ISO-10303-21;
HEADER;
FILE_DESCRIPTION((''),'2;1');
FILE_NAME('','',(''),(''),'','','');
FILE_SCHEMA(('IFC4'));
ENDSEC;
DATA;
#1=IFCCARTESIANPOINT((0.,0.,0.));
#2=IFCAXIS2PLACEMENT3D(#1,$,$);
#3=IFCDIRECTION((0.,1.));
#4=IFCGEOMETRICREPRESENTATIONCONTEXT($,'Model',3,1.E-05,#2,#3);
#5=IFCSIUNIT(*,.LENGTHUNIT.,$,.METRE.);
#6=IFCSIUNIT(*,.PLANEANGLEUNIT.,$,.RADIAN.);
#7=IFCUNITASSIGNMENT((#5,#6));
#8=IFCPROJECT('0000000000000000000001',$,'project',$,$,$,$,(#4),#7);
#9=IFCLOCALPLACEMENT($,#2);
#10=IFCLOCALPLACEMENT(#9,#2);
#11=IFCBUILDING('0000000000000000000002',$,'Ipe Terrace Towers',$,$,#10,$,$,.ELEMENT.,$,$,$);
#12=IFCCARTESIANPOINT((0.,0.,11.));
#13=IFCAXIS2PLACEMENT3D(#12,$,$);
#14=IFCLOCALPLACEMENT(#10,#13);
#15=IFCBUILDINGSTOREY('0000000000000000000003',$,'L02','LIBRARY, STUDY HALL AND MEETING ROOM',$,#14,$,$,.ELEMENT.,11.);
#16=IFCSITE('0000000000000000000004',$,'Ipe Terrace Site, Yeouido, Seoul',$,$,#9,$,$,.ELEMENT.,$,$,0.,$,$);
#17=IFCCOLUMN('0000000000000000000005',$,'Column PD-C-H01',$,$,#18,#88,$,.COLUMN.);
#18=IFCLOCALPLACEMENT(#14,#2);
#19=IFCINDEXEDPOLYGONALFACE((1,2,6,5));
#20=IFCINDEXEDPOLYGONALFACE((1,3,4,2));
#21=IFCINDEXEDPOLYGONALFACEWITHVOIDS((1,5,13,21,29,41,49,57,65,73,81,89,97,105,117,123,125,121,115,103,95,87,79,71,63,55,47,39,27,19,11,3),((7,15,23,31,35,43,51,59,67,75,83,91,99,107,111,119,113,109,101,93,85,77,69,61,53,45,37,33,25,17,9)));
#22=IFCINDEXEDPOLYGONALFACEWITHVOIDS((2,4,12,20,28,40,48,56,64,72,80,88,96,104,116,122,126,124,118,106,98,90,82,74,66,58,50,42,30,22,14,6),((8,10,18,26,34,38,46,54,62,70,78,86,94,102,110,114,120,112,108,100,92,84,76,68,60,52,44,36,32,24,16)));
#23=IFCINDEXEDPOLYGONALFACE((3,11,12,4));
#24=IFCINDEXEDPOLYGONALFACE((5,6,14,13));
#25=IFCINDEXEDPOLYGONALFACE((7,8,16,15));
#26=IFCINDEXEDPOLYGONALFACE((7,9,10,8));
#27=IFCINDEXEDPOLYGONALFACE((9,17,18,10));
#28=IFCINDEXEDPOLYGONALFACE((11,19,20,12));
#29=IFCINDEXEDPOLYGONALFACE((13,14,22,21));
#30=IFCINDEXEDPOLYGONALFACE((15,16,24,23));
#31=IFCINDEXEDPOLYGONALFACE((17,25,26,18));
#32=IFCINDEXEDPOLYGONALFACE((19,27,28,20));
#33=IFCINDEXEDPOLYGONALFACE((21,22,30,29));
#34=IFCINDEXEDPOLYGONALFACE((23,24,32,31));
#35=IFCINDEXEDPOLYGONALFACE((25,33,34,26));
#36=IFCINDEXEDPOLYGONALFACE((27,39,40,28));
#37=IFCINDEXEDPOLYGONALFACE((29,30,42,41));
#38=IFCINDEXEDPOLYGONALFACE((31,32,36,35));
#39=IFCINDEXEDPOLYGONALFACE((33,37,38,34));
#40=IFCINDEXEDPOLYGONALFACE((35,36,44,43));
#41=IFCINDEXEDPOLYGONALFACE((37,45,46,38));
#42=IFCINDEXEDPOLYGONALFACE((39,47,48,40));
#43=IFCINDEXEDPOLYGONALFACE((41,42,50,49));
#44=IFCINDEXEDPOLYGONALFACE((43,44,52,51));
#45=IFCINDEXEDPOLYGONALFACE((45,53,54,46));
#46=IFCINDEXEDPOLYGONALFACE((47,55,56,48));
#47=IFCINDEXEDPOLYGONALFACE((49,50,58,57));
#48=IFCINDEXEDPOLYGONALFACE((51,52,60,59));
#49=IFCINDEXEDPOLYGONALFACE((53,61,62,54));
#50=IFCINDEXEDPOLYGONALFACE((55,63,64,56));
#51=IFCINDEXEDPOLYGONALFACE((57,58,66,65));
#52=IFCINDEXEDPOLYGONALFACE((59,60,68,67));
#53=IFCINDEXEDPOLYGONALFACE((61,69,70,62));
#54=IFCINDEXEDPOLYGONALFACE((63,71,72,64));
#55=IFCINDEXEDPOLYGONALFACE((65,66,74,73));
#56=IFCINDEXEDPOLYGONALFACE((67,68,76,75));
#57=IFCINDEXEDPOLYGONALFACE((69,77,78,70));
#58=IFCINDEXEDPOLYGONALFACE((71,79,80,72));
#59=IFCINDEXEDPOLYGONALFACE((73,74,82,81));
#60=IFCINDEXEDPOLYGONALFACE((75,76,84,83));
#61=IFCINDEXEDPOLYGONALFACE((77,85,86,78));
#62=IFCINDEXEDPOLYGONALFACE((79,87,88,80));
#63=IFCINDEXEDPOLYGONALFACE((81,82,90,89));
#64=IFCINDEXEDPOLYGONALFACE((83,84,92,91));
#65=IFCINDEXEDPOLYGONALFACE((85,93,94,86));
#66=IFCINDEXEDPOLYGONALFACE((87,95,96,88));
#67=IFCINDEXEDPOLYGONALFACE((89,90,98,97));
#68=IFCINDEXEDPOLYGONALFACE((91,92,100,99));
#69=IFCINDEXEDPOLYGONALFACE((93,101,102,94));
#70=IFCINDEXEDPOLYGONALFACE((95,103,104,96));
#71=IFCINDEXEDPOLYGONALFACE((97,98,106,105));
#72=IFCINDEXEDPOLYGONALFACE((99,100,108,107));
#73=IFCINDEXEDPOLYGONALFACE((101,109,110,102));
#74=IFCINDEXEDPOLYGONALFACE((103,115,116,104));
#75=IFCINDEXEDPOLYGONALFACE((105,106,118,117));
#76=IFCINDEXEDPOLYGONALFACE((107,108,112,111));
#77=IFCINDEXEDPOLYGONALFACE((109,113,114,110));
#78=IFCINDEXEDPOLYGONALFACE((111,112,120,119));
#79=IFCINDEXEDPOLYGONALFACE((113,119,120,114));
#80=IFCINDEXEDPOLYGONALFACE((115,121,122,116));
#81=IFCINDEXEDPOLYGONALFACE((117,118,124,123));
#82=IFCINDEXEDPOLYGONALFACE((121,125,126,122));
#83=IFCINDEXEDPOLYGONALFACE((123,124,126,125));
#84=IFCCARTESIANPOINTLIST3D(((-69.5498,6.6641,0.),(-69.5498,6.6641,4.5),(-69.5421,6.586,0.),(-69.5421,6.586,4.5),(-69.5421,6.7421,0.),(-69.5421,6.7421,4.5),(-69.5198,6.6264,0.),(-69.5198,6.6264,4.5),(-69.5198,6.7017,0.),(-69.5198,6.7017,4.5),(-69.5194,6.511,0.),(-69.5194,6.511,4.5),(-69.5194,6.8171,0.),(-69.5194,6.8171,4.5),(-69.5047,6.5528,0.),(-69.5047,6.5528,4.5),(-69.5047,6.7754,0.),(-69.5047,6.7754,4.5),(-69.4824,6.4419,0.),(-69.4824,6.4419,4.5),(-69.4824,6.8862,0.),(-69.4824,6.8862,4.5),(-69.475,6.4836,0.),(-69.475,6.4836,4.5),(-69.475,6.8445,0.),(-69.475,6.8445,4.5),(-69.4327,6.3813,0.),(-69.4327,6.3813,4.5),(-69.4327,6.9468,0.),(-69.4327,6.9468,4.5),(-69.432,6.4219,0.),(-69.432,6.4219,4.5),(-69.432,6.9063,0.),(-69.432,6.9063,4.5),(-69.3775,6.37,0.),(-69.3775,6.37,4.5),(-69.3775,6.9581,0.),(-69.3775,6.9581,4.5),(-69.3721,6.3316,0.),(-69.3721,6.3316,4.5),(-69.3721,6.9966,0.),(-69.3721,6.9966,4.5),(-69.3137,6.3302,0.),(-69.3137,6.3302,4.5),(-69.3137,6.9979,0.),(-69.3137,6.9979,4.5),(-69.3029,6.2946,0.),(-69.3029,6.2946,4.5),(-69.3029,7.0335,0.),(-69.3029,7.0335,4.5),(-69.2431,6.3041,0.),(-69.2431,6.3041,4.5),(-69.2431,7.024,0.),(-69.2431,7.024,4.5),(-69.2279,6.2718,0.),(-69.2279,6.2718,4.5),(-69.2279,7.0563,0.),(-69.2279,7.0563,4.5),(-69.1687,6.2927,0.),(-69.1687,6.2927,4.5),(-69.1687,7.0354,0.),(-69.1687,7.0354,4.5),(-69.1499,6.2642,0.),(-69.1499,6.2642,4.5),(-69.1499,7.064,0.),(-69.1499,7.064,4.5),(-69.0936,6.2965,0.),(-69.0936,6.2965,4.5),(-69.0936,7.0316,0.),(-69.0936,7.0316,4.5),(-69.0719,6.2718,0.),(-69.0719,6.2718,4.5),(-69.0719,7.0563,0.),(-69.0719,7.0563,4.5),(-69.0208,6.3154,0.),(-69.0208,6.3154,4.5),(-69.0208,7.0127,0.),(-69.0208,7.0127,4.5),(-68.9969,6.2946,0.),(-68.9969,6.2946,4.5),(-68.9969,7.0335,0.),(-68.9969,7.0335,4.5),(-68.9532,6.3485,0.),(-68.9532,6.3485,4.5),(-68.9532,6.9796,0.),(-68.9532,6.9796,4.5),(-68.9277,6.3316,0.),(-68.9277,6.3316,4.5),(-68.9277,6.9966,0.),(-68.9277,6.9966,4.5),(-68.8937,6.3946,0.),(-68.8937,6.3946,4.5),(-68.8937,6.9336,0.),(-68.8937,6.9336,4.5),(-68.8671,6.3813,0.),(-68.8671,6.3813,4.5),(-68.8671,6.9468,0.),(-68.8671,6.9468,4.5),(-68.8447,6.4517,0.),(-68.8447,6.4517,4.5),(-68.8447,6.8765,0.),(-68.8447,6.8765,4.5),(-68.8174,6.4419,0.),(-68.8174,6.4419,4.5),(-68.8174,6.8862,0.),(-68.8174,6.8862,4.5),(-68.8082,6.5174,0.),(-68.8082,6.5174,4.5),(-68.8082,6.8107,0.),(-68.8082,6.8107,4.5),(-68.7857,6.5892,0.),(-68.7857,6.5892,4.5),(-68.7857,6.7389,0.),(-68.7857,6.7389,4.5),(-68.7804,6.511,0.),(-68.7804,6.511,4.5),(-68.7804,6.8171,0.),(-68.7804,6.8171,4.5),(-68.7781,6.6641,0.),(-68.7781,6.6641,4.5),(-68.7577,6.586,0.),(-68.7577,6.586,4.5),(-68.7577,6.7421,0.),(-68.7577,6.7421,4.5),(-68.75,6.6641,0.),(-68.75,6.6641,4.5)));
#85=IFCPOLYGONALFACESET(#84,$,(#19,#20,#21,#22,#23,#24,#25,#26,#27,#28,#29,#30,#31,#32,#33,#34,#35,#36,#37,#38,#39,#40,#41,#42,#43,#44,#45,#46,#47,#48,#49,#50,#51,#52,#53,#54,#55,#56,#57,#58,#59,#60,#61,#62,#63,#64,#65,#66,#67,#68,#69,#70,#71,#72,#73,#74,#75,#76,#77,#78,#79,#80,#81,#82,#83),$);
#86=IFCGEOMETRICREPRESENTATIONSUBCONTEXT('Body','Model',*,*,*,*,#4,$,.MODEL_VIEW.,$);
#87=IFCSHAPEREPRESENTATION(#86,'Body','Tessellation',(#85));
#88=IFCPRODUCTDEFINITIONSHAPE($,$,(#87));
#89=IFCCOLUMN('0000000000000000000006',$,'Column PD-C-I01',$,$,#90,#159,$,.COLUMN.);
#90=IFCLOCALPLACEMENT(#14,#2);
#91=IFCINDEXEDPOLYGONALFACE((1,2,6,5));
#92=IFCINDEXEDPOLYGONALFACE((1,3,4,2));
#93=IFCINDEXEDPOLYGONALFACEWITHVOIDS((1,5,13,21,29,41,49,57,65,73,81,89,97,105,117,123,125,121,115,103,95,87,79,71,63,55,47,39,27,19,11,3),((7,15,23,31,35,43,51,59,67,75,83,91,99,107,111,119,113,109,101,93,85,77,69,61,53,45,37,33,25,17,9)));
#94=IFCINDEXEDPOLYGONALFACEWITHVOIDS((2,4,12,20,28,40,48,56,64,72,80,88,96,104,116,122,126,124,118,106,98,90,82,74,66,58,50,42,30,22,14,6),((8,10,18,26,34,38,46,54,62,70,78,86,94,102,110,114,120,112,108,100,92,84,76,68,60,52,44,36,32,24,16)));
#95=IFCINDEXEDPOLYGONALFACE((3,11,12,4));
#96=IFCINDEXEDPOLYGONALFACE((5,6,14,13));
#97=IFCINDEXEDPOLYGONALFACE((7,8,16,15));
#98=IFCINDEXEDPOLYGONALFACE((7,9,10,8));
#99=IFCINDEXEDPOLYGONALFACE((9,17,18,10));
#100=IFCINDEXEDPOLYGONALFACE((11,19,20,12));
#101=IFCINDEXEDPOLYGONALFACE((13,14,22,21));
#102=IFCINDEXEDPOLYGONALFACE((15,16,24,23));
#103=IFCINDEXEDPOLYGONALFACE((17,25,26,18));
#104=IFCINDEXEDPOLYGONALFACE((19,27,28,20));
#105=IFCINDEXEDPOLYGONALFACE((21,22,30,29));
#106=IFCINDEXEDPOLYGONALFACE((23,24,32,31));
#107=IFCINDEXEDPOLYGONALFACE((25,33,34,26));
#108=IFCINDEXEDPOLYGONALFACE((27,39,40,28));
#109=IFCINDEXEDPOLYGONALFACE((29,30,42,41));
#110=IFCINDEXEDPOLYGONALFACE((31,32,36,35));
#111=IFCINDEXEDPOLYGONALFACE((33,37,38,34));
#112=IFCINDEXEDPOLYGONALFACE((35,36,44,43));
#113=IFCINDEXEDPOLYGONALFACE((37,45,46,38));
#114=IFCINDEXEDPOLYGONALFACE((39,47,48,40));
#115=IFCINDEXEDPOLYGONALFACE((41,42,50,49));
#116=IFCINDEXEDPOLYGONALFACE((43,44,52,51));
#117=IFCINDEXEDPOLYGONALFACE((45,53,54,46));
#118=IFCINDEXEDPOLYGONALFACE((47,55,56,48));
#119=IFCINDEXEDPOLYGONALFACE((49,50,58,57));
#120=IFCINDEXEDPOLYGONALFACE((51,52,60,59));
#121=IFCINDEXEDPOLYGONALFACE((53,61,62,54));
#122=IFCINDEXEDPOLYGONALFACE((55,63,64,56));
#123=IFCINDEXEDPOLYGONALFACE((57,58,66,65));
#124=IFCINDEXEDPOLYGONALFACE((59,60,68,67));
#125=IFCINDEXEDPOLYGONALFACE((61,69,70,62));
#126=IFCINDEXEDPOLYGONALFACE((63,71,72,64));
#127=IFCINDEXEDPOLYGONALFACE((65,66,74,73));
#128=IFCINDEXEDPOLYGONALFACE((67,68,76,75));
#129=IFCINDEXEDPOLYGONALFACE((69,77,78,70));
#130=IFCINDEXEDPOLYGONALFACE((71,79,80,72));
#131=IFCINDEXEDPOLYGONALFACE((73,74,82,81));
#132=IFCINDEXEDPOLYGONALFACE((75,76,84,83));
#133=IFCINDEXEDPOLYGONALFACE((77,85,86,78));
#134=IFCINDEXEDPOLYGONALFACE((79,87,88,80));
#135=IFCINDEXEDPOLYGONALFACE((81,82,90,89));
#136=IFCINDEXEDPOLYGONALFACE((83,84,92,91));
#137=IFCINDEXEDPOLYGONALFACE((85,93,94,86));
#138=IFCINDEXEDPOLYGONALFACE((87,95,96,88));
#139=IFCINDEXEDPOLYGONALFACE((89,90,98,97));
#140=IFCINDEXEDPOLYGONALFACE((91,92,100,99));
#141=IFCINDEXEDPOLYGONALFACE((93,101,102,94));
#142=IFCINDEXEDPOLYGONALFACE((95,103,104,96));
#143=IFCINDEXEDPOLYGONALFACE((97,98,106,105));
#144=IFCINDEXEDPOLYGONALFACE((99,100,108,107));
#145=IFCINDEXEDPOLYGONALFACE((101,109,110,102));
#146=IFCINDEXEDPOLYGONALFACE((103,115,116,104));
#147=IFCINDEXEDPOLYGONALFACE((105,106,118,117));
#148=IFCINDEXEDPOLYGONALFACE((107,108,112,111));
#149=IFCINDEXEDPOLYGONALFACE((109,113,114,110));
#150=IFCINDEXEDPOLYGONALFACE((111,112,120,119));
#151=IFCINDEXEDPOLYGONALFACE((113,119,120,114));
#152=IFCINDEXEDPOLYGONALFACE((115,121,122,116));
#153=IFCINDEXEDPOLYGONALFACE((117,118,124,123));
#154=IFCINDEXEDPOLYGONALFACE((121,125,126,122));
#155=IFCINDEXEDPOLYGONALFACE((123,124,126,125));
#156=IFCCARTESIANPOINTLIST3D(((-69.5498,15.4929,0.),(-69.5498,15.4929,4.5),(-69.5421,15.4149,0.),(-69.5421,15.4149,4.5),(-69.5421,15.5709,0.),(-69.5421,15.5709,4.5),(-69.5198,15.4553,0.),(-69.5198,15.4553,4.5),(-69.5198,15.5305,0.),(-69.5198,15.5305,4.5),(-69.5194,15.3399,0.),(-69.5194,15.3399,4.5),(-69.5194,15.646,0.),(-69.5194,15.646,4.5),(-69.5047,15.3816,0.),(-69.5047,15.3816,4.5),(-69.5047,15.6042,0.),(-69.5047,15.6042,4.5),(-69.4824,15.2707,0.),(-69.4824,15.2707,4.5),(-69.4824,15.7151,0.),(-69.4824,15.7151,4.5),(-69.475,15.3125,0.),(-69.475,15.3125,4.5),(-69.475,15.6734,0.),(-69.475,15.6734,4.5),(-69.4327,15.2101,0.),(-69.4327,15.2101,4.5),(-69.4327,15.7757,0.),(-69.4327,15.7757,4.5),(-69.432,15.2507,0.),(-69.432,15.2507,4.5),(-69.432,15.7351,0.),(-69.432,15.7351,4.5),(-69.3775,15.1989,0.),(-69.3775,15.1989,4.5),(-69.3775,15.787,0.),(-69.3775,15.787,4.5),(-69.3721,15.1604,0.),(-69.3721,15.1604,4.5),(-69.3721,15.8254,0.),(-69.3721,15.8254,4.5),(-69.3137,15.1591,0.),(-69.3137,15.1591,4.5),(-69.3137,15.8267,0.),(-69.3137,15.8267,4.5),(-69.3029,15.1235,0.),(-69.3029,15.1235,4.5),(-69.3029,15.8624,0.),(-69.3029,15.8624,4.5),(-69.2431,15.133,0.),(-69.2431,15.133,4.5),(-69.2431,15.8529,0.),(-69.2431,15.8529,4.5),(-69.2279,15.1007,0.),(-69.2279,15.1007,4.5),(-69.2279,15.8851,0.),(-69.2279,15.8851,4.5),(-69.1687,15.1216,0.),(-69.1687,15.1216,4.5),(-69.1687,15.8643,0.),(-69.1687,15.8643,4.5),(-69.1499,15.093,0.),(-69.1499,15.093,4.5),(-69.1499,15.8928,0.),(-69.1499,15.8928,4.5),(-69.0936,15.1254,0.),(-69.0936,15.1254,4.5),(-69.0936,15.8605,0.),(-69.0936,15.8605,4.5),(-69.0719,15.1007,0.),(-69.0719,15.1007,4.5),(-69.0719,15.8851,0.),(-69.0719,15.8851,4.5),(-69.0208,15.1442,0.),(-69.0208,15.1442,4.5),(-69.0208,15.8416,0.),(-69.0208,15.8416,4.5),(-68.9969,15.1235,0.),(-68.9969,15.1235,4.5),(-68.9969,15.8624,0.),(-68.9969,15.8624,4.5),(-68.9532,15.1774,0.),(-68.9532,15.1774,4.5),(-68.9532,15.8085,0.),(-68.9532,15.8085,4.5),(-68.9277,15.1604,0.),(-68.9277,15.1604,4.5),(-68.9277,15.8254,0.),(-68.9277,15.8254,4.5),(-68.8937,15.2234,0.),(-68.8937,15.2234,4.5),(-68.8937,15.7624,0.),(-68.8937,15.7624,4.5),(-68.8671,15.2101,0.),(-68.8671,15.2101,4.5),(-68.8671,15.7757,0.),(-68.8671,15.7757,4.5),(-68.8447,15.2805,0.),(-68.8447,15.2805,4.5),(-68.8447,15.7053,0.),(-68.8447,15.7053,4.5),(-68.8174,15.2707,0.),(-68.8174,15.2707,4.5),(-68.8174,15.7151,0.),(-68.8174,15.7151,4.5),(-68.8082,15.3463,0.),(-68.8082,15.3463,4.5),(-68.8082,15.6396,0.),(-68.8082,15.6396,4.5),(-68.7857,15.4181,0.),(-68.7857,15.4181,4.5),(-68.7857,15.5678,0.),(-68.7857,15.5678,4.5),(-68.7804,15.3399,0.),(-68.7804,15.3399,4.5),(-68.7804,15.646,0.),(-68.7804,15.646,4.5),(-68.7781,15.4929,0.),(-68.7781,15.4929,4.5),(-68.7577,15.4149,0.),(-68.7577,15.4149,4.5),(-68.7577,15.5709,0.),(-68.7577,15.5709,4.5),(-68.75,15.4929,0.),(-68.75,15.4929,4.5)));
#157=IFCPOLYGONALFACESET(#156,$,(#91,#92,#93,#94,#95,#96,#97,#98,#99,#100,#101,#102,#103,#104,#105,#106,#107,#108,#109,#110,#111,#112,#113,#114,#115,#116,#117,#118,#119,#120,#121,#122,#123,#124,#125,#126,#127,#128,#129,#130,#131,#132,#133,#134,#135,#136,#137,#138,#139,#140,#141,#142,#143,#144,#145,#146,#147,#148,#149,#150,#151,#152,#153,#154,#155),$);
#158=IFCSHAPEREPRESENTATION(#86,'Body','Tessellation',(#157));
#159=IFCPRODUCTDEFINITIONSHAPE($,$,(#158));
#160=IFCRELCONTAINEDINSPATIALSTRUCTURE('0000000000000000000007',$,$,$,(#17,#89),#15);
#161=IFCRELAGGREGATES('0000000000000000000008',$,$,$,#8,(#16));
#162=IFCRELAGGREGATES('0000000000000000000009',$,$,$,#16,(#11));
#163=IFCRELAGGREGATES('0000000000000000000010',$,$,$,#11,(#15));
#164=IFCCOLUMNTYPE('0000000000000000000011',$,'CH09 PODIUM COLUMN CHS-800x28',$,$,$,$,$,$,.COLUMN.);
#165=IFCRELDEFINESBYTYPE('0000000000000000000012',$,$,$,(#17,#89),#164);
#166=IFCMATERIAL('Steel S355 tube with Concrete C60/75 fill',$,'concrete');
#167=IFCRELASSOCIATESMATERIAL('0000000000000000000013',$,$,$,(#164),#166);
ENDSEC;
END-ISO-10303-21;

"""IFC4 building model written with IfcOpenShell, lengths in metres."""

from ifc_helpers import new_model, si_unit, direction, frame, origin, origin_2d, place, context, subcontext, project, spatial, hollow_circle, extrude, material, material_profile, profile_set, type_object, element, save


model = new_model("IFC4")

# Units and contexts
model_context = context("Model", 3, precision=1e-05, world=origin(), true_north=direction((0.0, 1.0)))
body_context = subcontext(model_context, "Body", "Model", "MODEL_VIEW")
ifc_project = project(units=[si_unit("LENGTHUNIT", "METRE"), si_unit("PLANEANGLEUNIT", "RADIAN")], contexts=[model_context])

# Site, building, storey
site_placement = place(None, origin())
site = spatial("IfcSite", under=ifc_project, at=site_placement, Name="Ipe Terrace Site, Yeouido, Seoul", CompositionType="ELEMENT", RefElevation=0.0)
building_placement = place(site_placement, origin())
building = spatial("IfcBuilding", under=site, at=building_placement, Name="Ipe Terrace Towers", CompositionType="ELEMENT")
storey_placement = place(building_placement, frame((0.0, 0.0, 11.0)))
storey = spatial("IfcBuildingStorey", under=building, at=storey_placement, Name="L02", Description="LIBRARY, STUDY HALL AND MEETING ROOM", CompositionType="ELEMENT", Elevation=11.0)

# Columns
ifc_material_1 = material(Name="Steel S355 tube with Concrete C60/75 fill", Category="concrete")
ifc_material_profile_1 = material_profile(ifc_material_1, hollow_circle(Radius=0.3999, WallThickness=0.0281, at=origin_2d()), Name="CHS-800x28")
ifc_profile_set_1 = profile_set([ifc_material_profile_1], Name="Steel S355 tube with Concrete C60/75 fill")
column_type = type_object("IfcColumnType", Name="CH09 PODIUM COLUMN CHS-800x28", PredefinedType="COLUMN", material=ifc_profile_set_1)
for number, where, z_axis, x_axis, name in (
    (1, (-69.1499, 6.6641, 0.0), (0.0, 0.0, 1.0), (1.0, 0.0, 0.0), "Column PD-C-H01"),
    (2, (-69.1499, 15.4929, 0.0), (0.0, 0.0, 1.0), (1.0, 0.0, 0.0), "Column PD-C-I01"),
):
    element("IfcColumn", number, at=place(storey_placement, frame(where, z_axis=z_axis, x_axis=x_axis)), inside=storey, type_object=column_type, Name=name, PredefinedType="COLUMN", context=body_context, shape_type="SweptSolid", body=[
        extrude(hollow_circle(Radius=0.3999, WallThickness=0.0281, at=origin_2d()), origin(), (0.0, 0.0, 1.0), 4.5),
    ])

save(model, "model.ifc")
